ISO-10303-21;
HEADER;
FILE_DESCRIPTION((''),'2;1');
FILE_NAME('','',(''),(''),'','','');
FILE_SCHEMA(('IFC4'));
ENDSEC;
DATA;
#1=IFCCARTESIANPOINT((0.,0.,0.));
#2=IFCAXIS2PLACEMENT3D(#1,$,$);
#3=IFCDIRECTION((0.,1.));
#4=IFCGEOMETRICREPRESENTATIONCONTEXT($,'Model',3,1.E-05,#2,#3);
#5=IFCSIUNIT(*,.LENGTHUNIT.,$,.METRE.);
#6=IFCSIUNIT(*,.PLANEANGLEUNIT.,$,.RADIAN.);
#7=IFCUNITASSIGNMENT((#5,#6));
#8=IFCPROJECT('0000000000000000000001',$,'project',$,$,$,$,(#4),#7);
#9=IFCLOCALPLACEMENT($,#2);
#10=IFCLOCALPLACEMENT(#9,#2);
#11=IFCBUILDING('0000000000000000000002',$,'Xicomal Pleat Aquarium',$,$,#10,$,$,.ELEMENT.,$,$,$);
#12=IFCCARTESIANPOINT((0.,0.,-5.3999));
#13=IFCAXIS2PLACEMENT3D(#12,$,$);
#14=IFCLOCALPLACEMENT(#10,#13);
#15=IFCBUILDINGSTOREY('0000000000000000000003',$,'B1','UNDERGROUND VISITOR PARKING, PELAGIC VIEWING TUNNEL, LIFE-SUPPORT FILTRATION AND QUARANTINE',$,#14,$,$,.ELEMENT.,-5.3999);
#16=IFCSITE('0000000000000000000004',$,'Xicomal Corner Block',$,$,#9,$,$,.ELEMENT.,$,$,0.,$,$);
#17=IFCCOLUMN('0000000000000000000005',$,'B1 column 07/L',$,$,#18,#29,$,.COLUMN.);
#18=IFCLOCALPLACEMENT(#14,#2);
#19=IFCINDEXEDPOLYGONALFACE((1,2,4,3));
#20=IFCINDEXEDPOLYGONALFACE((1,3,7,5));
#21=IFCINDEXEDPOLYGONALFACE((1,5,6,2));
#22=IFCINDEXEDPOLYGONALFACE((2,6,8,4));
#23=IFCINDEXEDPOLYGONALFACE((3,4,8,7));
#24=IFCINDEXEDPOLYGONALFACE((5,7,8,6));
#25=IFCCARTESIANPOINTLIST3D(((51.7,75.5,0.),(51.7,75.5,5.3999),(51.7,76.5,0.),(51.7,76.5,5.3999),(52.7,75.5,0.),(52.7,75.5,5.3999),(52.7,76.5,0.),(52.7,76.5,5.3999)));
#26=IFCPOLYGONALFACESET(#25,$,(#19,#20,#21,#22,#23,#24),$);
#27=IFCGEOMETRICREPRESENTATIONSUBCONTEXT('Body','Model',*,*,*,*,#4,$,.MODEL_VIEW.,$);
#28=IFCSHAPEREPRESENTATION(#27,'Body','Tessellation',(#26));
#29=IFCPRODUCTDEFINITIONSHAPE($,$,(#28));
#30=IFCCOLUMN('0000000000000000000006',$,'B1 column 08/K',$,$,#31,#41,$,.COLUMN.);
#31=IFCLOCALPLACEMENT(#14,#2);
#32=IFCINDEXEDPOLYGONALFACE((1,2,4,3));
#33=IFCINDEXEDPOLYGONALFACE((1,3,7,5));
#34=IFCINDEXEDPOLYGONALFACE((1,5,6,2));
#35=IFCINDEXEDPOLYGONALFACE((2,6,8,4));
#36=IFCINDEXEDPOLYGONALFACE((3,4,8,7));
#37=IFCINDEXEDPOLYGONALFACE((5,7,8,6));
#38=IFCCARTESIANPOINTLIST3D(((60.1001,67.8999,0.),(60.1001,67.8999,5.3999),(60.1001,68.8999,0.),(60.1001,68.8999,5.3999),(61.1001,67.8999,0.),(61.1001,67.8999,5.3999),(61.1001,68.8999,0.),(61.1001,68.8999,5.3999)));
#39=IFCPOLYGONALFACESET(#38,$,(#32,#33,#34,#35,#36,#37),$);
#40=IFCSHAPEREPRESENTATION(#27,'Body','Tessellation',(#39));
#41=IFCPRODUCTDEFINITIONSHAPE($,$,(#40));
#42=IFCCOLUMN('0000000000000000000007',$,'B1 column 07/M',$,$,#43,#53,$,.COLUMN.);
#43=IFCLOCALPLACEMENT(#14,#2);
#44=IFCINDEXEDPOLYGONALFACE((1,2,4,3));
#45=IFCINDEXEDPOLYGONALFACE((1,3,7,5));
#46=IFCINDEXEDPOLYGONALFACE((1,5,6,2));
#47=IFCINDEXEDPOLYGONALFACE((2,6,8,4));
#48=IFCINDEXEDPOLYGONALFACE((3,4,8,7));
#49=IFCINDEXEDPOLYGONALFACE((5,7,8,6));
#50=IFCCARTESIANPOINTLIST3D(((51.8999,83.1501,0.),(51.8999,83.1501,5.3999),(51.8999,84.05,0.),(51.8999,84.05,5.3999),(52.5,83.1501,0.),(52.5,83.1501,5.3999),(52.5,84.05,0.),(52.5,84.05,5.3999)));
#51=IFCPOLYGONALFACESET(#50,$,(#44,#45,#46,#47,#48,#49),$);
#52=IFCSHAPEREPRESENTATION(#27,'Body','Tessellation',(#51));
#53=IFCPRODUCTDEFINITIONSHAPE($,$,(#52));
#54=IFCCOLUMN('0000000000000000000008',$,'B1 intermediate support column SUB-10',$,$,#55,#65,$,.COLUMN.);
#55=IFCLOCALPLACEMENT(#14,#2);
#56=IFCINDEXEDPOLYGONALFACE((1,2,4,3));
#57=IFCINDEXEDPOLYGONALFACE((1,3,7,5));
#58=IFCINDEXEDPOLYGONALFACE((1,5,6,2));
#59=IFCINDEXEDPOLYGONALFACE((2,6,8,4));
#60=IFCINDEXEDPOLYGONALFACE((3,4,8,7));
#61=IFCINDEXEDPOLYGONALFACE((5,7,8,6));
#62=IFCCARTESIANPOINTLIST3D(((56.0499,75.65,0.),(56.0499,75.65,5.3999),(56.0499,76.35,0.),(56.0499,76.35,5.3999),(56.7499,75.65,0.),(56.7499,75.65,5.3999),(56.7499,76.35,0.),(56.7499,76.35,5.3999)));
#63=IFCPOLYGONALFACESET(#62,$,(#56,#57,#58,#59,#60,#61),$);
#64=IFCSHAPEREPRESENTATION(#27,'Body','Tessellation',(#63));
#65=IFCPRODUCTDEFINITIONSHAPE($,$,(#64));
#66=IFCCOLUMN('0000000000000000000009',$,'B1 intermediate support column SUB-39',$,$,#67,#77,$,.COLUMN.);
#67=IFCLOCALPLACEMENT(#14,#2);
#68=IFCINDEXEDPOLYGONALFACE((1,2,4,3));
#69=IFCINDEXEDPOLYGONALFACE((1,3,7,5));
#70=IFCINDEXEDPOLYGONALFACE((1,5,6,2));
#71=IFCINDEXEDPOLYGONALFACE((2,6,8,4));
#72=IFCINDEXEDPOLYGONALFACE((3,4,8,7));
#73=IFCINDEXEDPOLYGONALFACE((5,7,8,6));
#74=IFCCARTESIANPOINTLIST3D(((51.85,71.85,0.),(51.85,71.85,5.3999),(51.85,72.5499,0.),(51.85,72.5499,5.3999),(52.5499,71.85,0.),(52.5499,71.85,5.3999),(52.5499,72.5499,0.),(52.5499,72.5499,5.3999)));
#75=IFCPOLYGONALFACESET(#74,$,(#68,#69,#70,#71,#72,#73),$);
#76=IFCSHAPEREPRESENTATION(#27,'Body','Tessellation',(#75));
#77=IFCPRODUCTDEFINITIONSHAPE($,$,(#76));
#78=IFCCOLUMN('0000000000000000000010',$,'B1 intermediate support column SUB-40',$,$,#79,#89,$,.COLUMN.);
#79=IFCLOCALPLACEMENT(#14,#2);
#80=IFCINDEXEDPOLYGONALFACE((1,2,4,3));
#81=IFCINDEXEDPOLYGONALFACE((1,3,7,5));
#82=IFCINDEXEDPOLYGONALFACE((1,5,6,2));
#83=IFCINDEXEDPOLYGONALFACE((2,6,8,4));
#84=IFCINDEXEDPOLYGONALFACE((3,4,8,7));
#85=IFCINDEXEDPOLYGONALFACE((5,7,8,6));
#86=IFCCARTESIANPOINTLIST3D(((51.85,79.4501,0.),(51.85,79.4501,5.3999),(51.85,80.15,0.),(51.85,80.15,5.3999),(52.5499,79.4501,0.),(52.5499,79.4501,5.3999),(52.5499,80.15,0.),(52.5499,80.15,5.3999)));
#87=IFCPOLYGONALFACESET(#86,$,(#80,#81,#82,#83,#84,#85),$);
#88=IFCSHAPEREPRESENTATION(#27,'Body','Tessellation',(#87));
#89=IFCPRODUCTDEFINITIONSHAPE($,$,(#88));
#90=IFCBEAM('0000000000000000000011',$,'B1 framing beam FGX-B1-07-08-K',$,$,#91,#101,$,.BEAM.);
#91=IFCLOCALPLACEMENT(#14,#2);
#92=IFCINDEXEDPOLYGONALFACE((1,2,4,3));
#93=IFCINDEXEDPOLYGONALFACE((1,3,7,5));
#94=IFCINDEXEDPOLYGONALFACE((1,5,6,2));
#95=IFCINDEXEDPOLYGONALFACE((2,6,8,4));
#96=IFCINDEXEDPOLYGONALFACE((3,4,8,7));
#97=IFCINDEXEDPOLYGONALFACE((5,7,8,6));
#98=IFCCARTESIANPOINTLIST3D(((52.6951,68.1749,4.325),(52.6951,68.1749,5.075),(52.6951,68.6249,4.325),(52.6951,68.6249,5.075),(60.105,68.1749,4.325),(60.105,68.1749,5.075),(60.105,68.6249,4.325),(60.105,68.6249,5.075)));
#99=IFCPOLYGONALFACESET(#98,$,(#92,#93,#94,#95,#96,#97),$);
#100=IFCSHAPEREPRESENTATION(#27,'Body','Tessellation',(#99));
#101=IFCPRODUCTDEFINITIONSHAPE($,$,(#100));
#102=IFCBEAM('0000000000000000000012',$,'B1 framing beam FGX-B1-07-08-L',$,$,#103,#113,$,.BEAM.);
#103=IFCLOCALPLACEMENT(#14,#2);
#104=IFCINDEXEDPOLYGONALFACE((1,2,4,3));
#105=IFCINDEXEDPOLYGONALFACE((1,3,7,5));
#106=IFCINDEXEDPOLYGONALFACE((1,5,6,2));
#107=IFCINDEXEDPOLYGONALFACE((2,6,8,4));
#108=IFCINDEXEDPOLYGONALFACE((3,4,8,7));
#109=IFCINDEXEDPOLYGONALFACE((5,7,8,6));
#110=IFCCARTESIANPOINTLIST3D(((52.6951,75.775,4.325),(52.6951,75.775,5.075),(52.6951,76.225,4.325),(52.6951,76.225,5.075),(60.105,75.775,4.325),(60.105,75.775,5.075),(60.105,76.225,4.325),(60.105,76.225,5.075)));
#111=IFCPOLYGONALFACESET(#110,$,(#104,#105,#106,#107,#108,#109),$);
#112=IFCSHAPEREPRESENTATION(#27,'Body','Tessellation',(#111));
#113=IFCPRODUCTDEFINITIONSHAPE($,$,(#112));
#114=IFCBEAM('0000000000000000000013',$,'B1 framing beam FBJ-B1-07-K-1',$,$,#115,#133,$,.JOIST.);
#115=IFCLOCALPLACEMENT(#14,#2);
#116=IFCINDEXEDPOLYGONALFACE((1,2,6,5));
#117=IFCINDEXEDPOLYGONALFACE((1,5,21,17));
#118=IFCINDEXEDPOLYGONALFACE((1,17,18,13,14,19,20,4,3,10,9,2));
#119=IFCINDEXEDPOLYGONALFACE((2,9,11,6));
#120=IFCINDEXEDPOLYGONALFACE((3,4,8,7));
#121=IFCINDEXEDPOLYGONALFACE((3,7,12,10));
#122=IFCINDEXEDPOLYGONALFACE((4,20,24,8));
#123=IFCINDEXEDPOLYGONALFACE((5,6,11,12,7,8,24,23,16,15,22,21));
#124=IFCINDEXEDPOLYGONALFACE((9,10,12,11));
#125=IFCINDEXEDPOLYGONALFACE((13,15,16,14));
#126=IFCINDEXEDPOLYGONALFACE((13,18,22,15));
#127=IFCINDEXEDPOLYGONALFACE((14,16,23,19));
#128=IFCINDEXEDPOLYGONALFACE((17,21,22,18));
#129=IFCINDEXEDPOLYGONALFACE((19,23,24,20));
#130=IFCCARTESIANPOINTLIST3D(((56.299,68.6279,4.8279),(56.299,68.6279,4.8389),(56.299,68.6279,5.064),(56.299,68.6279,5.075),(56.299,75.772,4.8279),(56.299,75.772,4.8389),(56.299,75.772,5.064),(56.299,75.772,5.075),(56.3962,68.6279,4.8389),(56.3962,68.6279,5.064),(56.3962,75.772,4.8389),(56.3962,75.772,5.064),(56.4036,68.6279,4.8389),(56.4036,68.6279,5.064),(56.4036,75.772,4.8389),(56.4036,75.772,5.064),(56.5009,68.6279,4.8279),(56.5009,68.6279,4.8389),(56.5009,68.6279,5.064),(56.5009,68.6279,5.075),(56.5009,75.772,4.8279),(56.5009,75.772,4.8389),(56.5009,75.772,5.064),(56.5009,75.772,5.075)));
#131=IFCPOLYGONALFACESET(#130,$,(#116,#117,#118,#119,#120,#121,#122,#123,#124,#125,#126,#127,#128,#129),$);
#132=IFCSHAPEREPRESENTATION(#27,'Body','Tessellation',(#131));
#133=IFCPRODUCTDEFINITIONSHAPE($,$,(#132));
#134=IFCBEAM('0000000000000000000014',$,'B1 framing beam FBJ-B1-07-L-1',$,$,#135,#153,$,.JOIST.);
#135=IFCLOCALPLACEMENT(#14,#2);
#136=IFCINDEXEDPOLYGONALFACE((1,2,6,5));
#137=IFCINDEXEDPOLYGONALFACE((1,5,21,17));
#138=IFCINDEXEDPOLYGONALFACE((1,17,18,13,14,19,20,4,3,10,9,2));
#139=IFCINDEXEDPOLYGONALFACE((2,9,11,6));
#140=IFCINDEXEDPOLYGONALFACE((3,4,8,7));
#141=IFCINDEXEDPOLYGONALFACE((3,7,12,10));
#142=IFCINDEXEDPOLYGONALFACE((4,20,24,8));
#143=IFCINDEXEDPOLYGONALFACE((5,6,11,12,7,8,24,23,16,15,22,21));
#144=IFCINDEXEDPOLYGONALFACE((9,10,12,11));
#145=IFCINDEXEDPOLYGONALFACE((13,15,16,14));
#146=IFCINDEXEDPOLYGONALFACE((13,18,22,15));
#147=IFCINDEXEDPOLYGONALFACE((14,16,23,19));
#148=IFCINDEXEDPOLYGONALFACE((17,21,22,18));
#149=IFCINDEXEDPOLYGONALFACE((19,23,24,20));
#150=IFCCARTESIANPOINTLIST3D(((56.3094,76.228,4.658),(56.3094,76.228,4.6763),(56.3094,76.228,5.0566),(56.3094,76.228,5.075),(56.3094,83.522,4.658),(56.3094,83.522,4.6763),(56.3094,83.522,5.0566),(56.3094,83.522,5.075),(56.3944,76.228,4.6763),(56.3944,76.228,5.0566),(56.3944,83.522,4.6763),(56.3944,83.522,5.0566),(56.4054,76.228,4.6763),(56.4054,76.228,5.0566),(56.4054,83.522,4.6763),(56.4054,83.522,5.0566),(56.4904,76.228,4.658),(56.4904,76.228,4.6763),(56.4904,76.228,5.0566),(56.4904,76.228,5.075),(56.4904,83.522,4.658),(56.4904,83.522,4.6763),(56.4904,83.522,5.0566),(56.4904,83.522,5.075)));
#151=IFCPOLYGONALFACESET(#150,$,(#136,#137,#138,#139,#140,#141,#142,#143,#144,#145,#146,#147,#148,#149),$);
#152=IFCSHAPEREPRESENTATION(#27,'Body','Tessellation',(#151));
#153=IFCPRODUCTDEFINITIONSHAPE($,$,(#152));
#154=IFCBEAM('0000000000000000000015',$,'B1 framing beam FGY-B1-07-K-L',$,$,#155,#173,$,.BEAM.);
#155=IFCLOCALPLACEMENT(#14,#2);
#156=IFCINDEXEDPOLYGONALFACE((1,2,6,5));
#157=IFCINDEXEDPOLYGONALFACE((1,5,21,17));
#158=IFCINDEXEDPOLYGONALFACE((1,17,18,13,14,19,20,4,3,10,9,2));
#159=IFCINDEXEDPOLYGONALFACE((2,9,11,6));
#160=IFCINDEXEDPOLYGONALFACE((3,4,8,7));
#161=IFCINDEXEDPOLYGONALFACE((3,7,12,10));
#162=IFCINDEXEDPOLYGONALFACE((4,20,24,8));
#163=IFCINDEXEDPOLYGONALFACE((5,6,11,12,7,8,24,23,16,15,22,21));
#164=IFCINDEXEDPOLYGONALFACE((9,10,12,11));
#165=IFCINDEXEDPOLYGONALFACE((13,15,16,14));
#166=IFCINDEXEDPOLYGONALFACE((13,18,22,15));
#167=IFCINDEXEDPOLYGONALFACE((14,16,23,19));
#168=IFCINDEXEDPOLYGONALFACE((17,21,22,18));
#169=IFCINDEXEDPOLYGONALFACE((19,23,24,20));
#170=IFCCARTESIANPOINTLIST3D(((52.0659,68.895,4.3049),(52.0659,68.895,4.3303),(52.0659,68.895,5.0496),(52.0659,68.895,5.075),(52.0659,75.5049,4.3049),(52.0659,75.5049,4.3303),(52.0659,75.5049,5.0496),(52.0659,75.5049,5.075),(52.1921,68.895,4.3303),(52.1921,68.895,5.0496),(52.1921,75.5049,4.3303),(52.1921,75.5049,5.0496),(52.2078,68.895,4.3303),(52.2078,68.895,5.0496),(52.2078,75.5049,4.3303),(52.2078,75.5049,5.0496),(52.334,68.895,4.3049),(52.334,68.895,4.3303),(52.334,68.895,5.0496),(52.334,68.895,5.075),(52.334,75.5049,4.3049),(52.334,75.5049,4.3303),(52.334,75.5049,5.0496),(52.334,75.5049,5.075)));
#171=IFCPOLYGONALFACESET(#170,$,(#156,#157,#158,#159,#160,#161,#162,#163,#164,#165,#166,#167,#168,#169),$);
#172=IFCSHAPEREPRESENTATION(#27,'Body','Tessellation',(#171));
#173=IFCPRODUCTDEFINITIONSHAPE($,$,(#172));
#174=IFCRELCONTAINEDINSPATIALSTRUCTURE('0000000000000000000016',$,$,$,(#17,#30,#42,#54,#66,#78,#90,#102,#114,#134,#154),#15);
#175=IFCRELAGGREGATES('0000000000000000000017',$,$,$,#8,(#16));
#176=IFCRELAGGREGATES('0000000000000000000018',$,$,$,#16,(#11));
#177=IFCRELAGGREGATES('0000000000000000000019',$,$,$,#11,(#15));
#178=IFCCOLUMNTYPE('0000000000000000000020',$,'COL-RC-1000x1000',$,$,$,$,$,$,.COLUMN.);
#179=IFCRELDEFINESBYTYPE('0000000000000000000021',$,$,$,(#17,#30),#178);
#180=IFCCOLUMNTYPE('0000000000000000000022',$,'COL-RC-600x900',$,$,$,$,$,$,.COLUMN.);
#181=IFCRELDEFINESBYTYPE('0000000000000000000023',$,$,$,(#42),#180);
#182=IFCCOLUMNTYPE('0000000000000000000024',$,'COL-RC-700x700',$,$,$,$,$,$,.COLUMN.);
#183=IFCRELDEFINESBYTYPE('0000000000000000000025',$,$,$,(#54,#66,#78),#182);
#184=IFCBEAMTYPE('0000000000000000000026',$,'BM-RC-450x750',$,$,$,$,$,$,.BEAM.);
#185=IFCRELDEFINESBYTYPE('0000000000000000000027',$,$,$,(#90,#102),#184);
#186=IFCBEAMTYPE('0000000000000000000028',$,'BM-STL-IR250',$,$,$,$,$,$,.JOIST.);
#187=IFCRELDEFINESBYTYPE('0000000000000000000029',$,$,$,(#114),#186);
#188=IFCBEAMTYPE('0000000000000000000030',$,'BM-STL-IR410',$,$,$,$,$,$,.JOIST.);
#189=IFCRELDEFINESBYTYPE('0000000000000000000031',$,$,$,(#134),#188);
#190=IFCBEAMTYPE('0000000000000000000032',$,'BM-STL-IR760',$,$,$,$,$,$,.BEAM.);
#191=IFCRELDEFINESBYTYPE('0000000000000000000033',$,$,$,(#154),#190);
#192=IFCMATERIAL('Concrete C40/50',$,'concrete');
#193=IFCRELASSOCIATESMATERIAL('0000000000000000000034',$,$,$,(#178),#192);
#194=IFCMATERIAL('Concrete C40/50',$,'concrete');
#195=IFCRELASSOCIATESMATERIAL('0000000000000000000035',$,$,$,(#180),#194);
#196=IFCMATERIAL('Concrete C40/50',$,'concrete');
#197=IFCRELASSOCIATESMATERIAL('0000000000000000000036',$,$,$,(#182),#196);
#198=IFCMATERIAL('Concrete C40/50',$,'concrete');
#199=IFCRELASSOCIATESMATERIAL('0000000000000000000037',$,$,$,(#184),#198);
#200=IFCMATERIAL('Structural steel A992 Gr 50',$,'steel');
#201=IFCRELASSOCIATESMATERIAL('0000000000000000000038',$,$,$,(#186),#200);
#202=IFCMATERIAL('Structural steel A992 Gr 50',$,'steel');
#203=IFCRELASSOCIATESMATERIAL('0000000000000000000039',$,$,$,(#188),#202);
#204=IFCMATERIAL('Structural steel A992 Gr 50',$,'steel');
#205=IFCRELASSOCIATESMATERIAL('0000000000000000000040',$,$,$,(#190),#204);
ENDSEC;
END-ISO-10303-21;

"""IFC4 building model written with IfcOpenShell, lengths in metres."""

from ifc_helpers import new_model, si_unit, direction, frame, origin, origin_2d, place, context, subcontext, project, spatial, rectangle, i_section, extrude, material, material_profile, profile_set, type_object, element, save


model = new_model("IFC4")

# Units and contexts
model_context = context("Model", 3, precision=1e-05, world=origin(), true_north=direction((0.0, 1.0)))
body_context = subcontext(model_context, "Body", "Model", "MODEL_VIEW")
ifc_project = project(units=[si_unit("LENGTHUNIT", "METRE"), si_unit("PLANEANGLEUNIT", "RADIAN")], contexts=[model_context])

# Site, building, storey
site_placement = place(None, origin())
site = spatial("IfcSite", under=ifc_project, at=site_placement, Name="Xicomal Corner Block", CompositionType="ELEMENT", RefElevation=0.0)
building_placement = place(site_placement, origin())
building = spatial("IfcBuilding", under=site, at=building_placement, Name="Xicomal Pleat Aquarium", CompositionType="ELEMENT")
storey_placement = place(building_placement, frame((0.0, 0.0, -5.3999)))
storey = spatial("IfcBuildingStorey", under=building, at=storey_placement, Name="B1", Description="UNDERGROUND VISITOR PARKING, PELAGIC VIEWING TUNNEL, LIFE-SUPPORT FILTRATION AND QUARANTINE", CompositionType="ELEMENT", Elevation=-5.3999)

# Columns
ifc_material_1 = material(Name="Concrete C40/50", Category="concrete")
ifc_material_profile_1 = material_profile(ifc_material_1, rectangle(XDim=1.0, YDim=1.0, at=origin_2d()), Name="RC 1000x1000")
ifc_profile_set_1 = profile_set([ifc_material_profile_1], Name="Concrete C40/50")
column_type_1 = type_object("IfcColumnType", Name="COL-RC-1000x1000", PredefinedType="COLUMN", material=ifc_profile_set_1)
for number, where, z_axis, x_axis, name in (
    (1, (52.2, 76.0, 0.0), (0.0, 0.0, 1.0), (1.0, 0.0, 0.0), "B1 column 07/L"),
    (2, (60.6001, 68.3999, 0.0), (0.0, 0.0, 1.0), (1.0, 0.0, 0.0), "B1 column 08/K"),
):
    element("IfcColumn", number, at=place(storey_placement, frame(where, z_axis=z_axis, x_axis=x_axis)), inside=storey, type_object=column_type_1, Name=name, PredefinedType="COLUMN", context=body_context, shape_type="SweptSolid", body=[
        extrude(rectangle(XDim=1.0, YDim=1.0, at=origin_2d()), origin(), (0.0, 0.0, 1.0), 5.3999),
    ])
ifc_material_2 = material(Name="Concrete C40/50", Category="concrete")
ifc_material_profile_2 = material_profile(ifc_material_2, rectangle(XDim=0.6001, YDim=0.8999, at=origin_2d()), Name="RC 600x900")
ifc_profile_set_2 = profile_set([ifc_material_profile_2], Name="Concrete C40/50")
column_type_2 = type_object("IfcColumnType", Name="COL-RC-600x900", PredefinedType="COLUMN", material=ifc_profile_set_2)
column_placement = place(storey_placement, frame((52.2, 83.6001, 0.0), z_axis=(0.0, 0.0, 1.0), x_axis=(1.0, 0.0, 0.0)))
element("IfcColumn", 3, at=column_placement, inside=storey, type_object=column_type_2, Name="B1 column 07/M", PredefinedType="COLUMN", context=body_context, shape_type="SweptSolid", body=[
    extrude(rectangle(XDim=0.6001, YDim=0.8999, at=origin_2d()), origin(), (0.0, 0.0, 1.0), 5.3999),
])
ifc_material_3 = material(Name="Concrete C40/50", Category="concrete")
ifc_material_profile_3 = material_profile(ifc_material_3, rectangle(XDim=0.7, YDim=0.7, at=origin_2d()), Name="RC 700x700")
ifc_profile_set_3 = profile_set([ifc_material_profile_3], Name="Concrete C40/50")
column_type_3 = type_object("IfcColumnType", Name="COL-RC-700x700", PredefinedType="COLUMN", material=ifc_profile_set_3)
for number, where, z_axis, x_axis, name in (
    (4, (56.3999, 76.0, 0.0), (0.0, 0.0, 1.0), (1.0, 0.0, 0.0), "B1 intermediate support column SUB-10"),
    (5, (52.2, 72.2, 0.0), (0.0, 0.0, 1.0), (1.0, 0.0, 0.0), "B1 intermediate support column SUB-39"),
    (6, (52.2, 79.8, 0.0), (0.0, 0.0, 1.0), (1.0, 0.0, 0.0), "B1 intermediate support column SUB-40"),
):
    element("IfcColumn", number, at=place(storey_placement, frame(where, z_axis=z_axis, x_axis=x_axis)), inside=storey, type_object=column_type_3, Name=name, PredefinedType="COLUMN", context=body_context, shape_type="SweptSolid", body=[
        extrude(rectangle(XDim=0.7, YDim=0.7, at=origin_2d()), origin(), (0.0, 0.0, 1.0), 5.3999),
    ])

# Beams
ifc_material_4 = material(Name="Concrete C40/50", Category="concrete")
ifc_material_profile_4 = material_profile(ifc_material_4, rectangle(XDim=0.45, YDim=0.75, at=origin_2d()), Name="RC 450x750")
ifc_profile_set_4 = profile_set([ifc_material_profile_4], Name="Concrete C40/50")
beam_type_1 = type_object("IfcBeamType", Name="BM-RC-450x750", PredefinedType="BEAM", material=ifc_profile_set_4)
for number, where, z_axis, x_axis, name in (
    (7, (52.6951, 68.3999, 4.7), (1.0, 0.0, 0.0), (0.0, 1.0, 0.0), "B1 framing beam FGX-B1-07-08-K"),
    (8, (52.6951, 76.0, 4.7), (1.0, 0.0, 0.0), (0.0, 1.0, 0.0), "B1 framing beam FGX-B1-07-08-L"),
):
    element("IfcBeam", number, at=place(storey_placement, frame(where, z_axis=z_axis, x_axis=x_axis)), inside=storey, type_object=beam_type_1, Name=name, PredefinedType="BEAM", context=body_context, shape_type="SweptSolid", body=[
        extrude(rectangle(XDim=0.45, YDim=0.75, at=origin_2d()), origin(), (0.0, 0.0, 1.0), 7.4099),
    ])
ifc_material_5 = material(Name="Structural steel A992 Gr 50", Category="steel")
ifc_material_profile_5 = material_profile(ifc_material_5, i_section(OverallWidth=0.2019, OverallDepth=0.2471, WebThickness=0.0073, FlangeThickness=0.011, at=origin_2d()), Name="IR 250x49")
ifc_profile_set_5 = profile_set([ifc_material_profile_5], Name="Structural steel A992 Gr 50")
beam_type_2 = type_object("IfcBeamType", Name="BM-STL-IR250", PredefinedType="JOIST", material=ifc_profile_set_5)
beam_1_placement = place(storey_placement, frame((56.3999, 68.6279, 4.9514), z_axis=(0.0, 1.0, 0.0), x_axis=(-1.0, 0.0, 0.0)))
element("IfcBeam", 9, at=beam_1_placement, inside=storey, type_object=beam_type_2, Name="B1 framing beam FBJ-B1-07-K-1", PredefinedType="JOIST", context=body_context, shape_type="SweptSolid", body=[
    extrude(i_section(OverallWidth=0.2019, OverallDepth=0.2471, WebThickness=0.0073, FlangeThickness=0.011, at=origin_2d()), origin(), (0.0, 0.0, 1.0), 7.144),
])
ifc_material_6 = material(Name="Structural steel A992 Gr 50", Category="steel")
ifc_material_profile_6 = material_profile(ifc_material_6, i_section(OverallWidth=0.1809, OverallDepth=0.417, WebThickness=0.011, FlangeThickness=0.0183, at=origin_2d()), Name="IR 410x85")
ifc_profile_set_6 = profile_set([ifc_material_profile_6], Name="Structural steel A992 Gr 50")
beam_type_3 = type_object("IfcBeamType", Name="BM-STL-IR410", PredefinedType="JOIST", material=ifc_profile_set_6)
beam_2_placement = place(storey_placement, frame((56.3999, 76.228, 4.8665), z_axis=(0.0, 1.0, 0.0), x_axis=(-1.0, 0.0, 0.0)))
element("IfcBeam", 10, at=beam_2_placement, inside=storey, type_object=beam_type_3, Name="B1 framing beam FBJ-B1-07-L-1", PredefinedType="JOIST", context=body_context, shape_type="SweptSolid", body=[
    extrude(i_section(OverallWidth=0.1809, OverallDepth=0.417, WebThickness=0.011, FlangeThickness=0.0183, at=origin_2d()), origin(), (0.0, 0.0, 1.0), 7.2939),
])
ifc_material_7 = material(Name="Structural steel A992 Gr 50", Category="steel")
ifc_material_profile_7 = material_profile(ifc_material_7, i_section(OverallWidth=0.2681, OverallDepth=0.77, WebThickness=0.0156, FlangeThickness=0.0254, at=origin_2d()), Name="IR 760x196")
ifc_profile_set_7 = profile_set([ifc_material_profile_7], Name="Structural steel A992 Gr 50")
beam_type_4 = type_object("IfcBeamType", Name="BM-STL-IR760", PredefinedType="BEAM", material=ifc_profile_set_7)
beam_3_placement = place(storey_placement, frame((52.2, 68.895, 4.6899), z_axis=(0.0, 1.0, 0.0), x_axis=(-1.0, 0.0, 0.0)))
element("IfcBeam", 11, at=beam_3_placement, inside=storey, type_object=beam_type_4, Name="B1 framing beam FGY-B1-07-K-L", PredefinedType="BEAM", context=body_context, shape_type="SweptSolid", body=[
    extrude(i_section(OverallWidth=0.2681, OverallDepth=0.77, WebThickness=0.0156, FlangeThickness=0.0254, at=origin_2d()), origin(), (0.0, 0.0, 1.0), 6.6099),
])

save(model, "model.ifc")
